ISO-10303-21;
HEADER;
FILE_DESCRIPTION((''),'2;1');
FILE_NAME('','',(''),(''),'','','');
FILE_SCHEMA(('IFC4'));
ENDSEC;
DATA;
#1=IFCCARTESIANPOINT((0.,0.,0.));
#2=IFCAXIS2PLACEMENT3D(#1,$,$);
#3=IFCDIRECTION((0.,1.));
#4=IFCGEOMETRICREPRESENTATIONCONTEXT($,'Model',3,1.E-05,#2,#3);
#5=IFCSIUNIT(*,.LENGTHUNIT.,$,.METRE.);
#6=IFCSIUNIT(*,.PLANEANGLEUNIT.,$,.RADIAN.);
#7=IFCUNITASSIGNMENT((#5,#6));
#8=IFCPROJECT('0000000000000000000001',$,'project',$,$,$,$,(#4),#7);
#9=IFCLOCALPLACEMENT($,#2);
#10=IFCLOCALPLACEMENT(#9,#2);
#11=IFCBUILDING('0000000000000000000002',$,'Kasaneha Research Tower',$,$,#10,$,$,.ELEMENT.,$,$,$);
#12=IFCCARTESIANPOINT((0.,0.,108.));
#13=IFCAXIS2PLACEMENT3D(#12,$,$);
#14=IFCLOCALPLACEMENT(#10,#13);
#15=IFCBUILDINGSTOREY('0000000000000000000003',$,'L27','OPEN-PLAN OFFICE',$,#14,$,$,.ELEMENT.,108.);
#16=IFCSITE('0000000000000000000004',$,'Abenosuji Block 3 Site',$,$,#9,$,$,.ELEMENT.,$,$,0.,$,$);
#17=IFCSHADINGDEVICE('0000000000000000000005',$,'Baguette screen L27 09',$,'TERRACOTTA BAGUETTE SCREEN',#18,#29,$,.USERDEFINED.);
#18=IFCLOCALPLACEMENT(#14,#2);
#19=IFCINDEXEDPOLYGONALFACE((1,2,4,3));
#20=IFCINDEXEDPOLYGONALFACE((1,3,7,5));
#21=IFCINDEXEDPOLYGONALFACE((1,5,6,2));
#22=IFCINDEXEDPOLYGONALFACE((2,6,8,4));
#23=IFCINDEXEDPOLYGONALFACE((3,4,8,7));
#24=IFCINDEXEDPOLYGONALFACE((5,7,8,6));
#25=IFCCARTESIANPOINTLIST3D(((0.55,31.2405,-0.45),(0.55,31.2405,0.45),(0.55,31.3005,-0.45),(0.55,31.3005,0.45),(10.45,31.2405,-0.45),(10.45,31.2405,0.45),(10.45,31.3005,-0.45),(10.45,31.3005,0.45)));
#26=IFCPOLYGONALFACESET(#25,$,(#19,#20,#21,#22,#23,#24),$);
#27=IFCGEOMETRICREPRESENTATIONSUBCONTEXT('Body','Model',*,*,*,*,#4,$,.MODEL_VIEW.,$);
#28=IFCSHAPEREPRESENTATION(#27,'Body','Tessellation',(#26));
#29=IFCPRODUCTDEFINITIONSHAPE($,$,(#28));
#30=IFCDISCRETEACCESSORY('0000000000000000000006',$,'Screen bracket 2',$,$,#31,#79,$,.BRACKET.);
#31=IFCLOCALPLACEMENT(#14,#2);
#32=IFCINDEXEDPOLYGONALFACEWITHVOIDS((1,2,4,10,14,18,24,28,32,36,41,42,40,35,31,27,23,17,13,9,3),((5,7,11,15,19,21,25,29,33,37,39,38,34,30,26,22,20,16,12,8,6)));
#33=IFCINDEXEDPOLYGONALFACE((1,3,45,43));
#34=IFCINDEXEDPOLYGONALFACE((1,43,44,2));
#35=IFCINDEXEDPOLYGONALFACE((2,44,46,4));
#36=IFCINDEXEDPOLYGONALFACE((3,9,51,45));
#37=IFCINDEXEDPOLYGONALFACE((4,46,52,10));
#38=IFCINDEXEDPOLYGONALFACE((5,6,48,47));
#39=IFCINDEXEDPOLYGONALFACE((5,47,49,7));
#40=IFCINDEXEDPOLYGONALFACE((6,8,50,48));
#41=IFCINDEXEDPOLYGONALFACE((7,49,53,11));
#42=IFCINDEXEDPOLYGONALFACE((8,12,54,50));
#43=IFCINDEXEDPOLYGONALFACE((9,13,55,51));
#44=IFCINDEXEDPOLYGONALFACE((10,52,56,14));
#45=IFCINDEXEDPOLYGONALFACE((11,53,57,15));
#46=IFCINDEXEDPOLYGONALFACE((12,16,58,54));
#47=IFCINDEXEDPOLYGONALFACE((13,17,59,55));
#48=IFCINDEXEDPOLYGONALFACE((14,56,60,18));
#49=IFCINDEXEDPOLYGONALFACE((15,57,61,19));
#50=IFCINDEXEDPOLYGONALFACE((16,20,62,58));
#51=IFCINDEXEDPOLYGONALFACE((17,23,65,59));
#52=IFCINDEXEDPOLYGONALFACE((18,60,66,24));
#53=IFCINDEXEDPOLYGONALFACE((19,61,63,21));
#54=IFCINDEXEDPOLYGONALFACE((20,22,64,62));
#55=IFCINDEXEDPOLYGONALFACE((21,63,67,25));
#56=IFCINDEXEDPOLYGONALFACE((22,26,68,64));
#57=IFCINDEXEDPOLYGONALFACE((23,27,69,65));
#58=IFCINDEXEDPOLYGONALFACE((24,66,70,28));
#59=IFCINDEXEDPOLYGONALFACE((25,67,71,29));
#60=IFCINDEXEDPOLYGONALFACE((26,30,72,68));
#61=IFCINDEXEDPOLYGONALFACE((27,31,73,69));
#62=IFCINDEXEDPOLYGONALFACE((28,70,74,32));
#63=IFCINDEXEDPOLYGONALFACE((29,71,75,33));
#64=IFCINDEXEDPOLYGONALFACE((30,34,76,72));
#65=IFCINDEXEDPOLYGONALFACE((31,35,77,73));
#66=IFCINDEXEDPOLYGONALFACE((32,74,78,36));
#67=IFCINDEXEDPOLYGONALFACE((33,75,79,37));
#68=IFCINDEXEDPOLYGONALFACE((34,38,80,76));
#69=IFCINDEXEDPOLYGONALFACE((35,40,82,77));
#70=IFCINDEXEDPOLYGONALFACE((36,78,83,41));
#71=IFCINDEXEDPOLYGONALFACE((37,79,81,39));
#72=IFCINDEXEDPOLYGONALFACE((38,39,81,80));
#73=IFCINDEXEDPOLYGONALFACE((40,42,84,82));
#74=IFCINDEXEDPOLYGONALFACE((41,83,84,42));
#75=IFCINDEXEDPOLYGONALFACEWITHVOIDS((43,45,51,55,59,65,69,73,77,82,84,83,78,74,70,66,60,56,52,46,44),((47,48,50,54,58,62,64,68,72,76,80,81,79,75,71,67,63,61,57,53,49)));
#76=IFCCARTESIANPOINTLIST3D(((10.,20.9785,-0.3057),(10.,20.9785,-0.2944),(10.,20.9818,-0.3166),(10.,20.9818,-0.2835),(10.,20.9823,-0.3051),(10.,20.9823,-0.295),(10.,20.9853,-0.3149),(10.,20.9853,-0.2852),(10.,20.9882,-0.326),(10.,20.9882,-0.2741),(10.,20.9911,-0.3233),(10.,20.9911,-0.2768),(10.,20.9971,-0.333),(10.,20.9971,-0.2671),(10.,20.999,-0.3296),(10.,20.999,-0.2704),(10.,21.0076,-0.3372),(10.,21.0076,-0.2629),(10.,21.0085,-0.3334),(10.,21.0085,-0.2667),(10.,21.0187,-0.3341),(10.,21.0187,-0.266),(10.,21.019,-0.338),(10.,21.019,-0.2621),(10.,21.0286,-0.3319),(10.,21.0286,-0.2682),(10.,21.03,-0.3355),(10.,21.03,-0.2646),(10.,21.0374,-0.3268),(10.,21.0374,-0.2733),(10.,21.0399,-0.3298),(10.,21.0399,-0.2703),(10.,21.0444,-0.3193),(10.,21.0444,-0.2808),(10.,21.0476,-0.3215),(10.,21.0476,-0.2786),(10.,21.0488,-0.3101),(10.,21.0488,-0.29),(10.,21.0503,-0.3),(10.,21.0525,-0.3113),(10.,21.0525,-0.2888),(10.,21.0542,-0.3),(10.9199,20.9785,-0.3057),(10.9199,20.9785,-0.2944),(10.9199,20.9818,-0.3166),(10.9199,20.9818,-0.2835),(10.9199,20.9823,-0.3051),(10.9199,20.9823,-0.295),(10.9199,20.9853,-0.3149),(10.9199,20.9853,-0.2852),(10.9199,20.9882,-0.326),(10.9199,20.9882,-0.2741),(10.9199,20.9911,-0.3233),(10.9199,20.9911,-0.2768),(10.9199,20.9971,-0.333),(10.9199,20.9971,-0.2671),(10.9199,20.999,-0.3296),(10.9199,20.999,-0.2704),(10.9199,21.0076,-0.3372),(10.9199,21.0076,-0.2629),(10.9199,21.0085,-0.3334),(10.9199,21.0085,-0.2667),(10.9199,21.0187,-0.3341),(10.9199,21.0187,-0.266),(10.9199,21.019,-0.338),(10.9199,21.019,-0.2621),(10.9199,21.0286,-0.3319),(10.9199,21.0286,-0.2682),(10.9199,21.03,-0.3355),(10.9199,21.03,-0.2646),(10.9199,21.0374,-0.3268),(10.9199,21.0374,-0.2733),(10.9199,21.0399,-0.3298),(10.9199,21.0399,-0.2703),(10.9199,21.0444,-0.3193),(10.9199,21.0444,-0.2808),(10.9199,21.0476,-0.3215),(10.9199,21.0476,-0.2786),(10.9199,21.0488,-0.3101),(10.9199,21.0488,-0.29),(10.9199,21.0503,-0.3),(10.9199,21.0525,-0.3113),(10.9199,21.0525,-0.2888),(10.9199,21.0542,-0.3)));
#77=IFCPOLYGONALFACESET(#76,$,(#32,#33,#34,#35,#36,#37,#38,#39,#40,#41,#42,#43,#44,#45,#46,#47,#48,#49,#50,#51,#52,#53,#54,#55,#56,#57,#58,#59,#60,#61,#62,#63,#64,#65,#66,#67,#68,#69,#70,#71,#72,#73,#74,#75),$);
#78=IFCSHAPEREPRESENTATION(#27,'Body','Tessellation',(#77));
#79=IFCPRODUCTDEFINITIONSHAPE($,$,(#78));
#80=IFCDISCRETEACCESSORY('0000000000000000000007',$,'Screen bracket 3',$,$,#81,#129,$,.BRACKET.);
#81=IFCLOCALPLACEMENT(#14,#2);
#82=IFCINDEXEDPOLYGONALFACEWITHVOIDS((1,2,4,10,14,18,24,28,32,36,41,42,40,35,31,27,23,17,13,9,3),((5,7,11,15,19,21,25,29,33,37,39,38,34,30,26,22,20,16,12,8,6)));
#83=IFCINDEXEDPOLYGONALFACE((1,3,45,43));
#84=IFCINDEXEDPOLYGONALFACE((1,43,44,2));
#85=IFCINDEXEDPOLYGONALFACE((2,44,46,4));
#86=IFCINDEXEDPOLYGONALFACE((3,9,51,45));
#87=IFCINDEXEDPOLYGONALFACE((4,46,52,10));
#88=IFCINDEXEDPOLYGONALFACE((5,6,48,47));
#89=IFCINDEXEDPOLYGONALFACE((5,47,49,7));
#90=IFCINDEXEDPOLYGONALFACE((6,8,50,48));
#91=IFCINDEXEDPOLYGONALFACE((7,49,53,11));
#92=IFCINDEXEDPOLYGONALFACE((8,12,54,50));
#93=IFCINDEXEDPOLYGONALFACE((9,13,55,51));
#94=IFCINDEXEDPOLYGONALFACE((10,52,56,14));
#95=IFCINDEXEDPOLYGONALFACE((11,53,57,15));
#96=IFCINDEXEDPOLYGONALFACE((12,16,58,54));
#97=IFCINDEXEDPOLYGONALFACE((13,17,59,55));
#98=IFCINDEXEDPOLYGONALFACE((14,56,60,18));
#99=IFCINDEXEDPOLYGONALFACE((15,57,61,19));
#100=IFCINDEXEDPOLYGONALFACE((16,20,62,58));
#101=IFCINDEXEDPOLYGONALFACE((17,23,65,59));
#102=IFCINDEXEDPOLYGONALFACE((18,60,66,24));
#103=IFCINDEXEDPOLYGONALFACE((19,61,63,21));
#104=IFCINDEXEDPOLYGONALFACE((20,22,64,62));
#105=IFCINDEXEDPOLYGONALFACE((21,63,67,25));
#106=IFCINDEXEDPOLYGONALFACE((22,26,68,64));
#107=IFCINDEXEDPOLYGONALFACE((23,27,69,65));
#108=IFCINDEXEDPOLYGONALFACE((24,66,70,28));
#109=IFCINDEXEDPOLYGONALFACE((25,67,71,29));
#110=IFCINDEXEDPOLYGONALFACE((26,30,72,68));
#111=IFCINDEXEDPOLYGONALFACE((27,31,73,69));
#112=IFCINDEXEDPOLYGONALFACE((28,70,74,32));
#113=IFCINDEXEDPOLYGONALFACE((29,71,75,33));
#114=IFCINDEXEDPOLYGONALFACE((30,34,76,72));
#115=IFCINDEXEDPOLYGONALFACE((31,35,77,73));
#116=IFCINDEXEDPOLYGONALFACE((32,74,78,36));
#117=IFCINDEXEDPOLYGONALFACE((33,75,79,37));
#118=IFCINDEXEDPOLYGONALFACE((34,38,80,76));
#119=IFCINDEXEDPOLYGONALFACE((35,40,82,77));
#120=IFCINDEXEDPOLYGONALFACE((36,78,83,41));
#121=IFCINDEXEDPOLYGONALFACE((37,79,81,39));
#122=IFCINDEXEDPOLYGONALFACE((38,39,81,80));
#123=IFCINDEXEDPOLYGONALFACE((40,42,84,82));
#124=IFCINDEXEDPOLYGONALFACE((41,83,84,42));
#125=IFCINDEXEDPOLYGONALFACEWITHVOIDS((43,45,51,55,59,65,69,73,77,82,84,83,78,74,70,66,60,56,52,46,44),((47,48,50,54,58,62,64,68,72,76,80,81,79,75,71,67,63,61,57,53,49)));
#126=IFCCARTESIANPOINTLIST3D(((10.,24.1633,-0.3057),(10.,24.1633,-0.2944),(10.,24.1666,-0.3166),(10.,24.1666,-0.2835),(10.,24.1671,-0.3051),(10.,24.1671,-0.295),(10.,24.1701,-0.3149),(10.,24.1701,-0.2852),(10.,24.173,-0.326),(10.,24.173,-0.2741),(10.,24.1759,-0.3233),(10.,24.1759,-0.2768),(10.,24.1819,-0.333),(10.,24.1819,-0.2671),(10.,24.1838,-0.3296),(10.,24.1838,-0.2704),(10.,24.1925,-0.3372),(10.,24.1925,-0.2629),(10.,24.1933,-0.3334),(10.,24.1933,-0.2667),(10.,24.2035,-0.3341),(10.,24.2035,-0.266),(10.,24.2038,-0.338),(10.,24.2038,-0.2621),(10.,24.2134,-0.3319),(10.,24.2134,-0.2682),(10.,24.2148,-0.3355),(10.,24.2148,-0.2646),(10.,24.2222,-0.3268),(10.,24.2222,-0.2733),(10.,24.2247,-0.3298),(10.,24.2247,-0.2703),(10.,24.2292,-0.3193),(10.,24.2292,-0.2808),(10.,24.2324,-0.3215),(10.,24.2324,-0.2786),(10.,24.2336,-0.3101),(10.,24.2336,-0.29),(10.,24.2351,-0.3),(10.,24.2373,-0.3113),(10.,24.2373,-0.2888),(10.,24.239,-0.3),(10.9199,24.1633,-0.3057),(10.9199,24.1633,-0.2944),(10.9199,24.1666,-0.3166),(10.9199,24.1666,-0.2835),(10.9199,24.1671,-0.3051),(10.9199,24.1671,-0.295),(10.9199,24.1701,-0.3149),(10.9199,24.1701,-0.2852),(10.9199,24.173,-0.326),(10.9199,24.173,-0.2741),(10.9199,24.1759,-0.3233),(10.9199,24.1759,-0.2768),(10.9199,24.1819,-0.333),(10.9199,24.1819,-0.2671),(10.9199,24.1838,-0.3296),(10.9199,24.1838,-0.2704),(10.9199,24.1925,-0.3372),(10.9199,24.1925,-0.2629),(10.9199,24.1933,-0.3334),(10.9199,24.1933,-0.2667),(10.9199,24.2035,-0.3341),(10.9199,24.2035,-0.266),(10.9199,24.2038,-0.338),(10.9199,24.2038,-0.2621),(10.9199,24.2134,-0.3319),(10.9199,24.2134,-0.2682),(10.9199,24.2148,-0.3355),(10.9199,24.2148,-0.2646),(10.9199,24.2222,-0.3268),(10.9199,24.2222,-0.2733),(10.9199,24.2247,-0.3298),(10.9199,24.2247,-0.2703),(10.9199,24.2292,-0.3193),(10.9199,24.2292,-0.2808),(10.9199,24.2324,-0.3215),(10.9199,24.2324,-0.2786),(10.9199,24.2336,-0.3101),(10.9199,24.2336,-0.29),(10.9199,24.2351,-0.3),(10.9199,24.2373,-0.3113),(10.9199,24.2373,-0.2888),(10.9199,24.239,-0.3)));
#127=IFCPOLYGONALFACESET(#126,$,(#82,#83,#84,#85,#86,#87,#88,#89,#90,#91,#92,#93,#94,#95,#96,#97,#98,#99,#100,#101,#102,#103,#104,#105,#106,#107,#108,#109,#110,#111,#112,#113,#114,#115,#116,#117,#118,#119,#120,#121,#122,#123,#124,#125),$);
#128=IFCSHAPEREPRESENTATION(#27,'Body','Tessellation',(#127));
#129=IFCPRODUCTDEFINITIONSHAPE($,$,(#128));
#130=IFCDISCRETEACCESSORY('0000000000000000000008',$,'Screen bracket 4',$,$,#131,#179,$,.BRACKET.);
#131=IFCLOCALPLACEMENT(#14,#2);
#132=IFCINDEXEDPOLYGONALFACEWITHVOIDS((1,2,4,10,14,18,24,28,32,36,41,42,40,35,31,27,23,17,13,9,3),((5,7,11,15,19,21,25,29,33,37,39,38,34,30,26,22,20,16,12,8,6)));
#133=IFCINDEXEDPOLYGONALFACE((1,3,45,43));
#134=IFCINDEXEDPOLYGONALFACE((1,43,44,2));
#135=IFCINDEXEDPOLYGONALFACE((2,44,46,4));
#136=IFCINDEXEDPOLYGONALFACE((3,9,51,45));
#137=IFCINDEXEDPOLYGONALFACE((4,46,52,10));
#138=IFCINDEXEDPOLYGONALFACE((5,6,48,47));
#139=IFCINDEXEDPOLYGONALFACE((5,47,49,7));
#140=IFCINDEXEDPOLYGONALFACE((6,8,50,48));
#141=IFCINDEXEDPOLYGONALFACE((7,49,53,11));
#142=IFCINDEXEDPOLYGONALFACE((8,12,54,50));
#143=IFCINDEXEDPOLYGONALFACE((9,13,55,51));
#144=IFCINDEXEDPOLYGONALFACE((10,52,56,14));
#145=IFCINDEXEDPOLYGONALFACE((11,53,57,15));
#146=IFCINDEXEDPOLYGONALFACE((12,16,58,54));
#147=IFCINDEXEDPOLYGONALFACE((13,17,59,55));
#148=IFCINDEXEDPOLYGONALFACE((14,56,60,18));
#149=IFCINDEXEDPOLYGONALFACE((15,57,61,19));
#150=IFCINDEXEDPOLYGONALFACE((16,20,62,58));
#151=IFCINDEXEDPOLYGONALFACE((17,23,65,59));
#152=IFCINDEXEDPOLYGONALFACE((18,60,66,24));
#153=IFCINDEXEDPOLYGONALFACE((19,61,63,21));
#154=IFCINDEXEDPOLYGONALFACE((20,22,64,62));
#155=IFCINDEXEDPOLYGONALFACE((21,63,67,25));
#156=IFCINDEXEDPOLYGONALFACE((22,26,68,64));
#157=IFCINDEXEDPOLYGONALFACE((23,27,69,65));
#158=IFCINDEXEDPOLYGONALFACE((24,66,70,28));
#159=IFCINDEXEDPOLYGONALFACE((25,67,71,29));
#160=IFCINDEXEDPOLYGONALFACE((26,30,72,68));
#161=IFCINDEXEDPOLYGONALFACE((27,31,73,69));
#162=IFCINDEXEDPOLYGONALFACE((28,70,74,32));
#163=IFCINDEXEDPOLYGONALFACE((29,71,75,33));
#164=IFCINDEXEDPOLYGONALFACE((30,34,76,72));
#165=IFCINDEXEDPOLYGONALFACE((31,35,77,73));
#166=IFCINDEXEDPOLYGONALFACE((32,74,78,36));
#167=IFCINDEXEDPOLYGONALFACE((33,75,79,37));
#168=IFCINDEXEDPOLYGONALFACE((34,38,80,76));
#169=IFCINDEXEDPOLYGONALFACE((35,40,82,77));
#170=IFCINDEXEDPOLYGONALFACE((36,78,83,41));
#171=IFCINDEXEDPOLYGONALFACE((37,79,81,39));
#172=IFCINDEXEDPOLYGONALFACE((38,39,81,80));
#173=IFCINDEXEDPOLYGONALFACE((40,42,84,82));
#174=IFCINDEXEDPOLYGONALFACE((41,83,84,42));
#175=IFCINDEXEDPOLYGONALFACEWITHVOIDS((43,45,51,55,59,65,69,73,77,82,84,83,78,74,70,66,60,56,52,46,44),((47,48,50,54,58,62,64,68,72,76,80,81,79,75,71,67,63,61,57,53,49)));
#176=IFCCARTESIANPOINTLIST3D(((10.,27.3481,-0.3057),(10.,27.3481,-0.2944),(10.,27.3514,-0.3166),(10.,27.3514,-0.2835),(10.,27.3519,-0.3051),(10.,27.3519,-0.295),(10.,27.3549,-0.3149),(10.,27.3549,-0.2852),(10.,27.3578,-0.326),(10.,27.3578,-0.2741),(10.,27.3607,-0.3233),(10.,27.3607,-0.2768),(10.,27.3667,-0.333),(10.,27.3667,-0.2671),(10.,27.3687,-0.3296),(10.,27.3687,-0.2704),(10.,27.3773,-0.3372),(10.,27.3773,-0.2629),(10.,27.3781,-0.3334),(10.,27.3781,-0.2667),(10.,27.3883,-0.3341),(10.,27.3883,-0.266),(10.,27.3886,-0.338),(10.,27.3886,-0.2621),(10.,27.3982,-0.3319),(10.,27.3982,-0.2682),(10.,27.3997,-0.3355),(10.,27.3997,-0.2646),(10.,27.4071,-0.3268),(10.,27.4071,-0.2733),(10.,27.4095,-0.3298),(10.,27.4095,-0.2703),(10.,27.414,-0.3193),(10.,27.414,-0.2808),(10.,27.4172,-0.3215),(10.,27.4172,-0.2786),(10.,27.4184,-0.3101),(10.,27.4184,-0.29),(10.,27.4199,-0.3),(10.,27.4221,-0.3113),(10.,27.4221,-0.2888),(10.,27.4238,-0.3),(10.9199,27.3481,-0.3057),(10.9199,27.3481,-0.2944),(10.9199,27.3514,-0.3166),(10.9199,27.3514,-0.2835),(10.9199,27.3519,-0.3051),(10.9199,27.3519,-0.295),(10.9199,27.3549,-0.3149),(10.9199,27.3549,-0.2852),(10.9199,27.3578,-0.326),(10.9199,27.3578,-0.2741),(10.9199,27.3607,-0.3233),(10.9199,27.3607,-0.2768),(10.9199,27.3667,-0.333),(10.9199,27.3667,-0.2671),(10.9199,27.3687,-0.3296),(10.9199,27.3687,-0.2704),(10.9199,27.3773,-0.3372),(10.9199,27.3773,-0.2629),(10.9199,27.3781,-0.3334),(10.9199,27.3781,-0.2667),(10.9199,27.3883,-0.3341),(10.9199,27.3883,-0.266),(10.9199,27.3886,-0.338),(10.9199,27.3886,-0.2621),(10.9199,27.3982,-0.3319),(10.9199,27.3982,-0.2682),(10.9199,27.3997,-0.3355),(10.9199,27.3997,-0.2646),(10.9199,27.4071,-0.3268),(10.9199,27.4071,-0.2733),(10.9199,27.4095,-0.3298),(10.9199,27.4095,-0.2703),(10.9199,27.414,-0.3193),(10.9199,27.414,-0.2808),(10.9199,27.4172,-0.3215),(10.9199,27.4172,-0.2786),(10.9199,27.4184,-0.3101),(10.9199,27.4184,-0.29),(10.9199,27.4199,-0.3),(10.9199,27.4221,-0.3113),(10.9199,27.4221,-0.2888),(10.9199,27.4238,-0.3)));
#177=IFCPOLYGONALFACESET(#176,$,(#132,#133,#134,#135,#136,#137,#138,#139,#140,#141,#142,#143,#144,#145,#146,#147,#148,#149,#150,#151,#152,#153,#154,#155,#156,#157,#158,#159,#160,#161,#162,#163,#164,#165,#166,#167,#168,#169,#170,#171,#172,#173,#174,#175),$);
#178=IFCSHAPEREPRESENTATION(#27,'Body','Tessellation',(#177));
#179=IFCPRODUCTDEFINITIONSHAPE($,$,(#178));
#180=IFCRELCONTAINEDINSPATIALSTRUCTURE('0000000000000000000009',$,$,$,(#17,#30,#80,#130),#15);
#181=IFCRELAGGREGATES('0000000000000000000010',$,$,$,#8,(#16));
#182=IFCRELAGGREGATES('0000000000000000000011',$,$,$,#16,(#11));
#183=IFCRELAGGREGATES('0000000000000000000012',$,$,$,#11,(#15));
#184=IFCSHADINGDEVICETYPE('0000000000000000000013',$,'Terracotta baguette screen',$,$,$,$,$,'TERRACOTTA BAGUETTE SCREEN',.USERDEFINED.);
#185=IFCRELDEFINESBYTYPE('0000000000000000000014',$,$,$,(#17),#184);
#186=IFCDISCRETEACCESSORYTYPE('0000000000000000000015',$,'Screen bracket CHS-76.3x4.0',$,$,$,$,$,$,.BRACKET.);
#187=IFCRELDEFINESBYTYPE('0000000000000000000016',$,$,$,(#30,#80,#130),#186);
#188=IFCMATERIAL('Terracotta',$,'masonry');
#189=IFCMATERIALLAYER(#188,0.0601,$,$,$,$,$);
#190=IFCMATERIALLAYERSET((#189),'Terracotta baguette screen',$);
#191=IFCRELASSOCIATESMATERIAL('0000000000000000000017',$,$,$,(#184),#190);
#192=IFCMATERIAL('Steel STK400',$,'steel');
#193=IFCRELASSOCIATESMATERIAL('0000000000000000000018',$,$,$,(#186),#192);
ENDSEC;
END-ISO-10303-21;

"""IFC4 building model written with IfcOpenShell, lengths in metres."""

from ifc_helpers import new_model, si_unit, direction, frame, origin, origin_2d, place, context, subcontext, project, spatial, rectangle, hollow_circle, extrude, material, layer, layer_set, material_profile, profile_set, type_object, element, save


model = new_model("IFC4")

# Units and contexts
model_context = context("Model", 3, precision=1e-05, world=origin(), true_north=direction((0.0, 1.0)))
body_context = subcontext(model_context, "Body", "Model", "MODEL_VIEW")
ifc_project = project(units=[si_unit("LENGTHUNIT", "METRE"), si_unit("PLANEANGLEUNIT", "RADIAN")], contexts=[model_context])

# Site, building, storey
site_placement = place(None, origin())
site = spatial("IfcSite", under=ifc_project, at=site_placement, Name="Abenosuji Block 3 Site", CompositionType="ELEMENT", RefElevation=0.0)
building_placement = place(site_placement, origin())
building = spatial("IfcBuilding", under=site, at=building_placement, Name="Kasaneha Research Tower", CompositionType="ELEMENT")
storey_placement = place(building_placement, frame((0.0, 0.0, 108.0)))
storey = spatial("IfcBuildingStorey", under=building, at=storey_placement, Name="L27", Description="OPEN-PLAN OFFICE", CompositionType="ELEMENT", Elevation=108.0)

# Shading device
ifc_material_1 = material(Name="Terracotta", Category="masonry")
ifc_layer_1 = layer(ifc_material_1, 0.0601)
ifc_layer_set_1 = layer_set([ifc_layer_1], Name="Terracotta baguette screen")
shading_device_type = type_object("IfcShadingDeviceType", Name="Terracotta baguette screen", ElementType="TERRACOTTA BAGUETTE SCREEN", PredefinedType="USERDEFINED", material=ifc_layer_set_1)
shading_device_1_placement = place(storey_placement, frame((5.5, 31.2705, -0.45), z_axis=(0.0, 0.0, 1.0), x_axis=(-1.0, 0.0, 0.0)))
element("IfcShadingDevice", 1, at=shading_device_1_placement, inside=storey, type_object=shading_device_type, Name="Baguette screen L27 09", ObjectType="TERRACOTTA BAGUETTE SCREEN", PredefinedType="USERDEFINED", context=body_context, shape_type="SweptSolid", body=[
    extrude(rectangle(XDim=9.8999, YDim=0.0601, at=origin_2d()), origin(), (0.0, 0.0, 1.0), 0.8999),
])

# Discrete accessories
ifc_material_2 = material(Name="Steel STK400", Category="steel")
ifc_material_profile_1 = material_profile(ifc_material_2, hollow_circle(Radius=0.0381, WallThickness=0.0039, at=origin_2d()), Name="CHS-76.3x4.0")
ifc_profile_set_1 = profile_set([ifc_material_profile_1], Name="Steel STK400")
discrete_accessory_type = type_object("IfcDiscreteAccessoryType", Name="Screen bracket CHS-76.3x4.0", PredefinedType="BRACKET", material=ifc_profile_set_1)
for number, where, z_axis, x_axis, name in (
    (2, (10.0, 21.0161, -0.3), (1.0, 0.0, 0.0), (0.0, 1.0, 0.0), "Screen bracket 2"),
    (3, (10.0, 24.2009, -0.3), (1.0, 0.0, 0.0), (0.0, 1.0, 0.0), "Screen bracket 3"),
    (4, (10.0, 27.3857, -0.3), (1.0, 0.0, 0.0), (0.0, 1.0, 0.0), "Screen bracket 4"),
):
    element("IfcDiscreteAccessory", number, at=place(storey_placement, frame(where, z_axis=z_axis, x_axis=x_axis)), inside=storey, type_object=discrete_accessory_type, Name=name, PredefinedType="BRACKET", context=body_context, shape_type="SweptSolid", body=[
        extrude(hollow_circle(Radius=0.0381, WallThickness=0.0039, at=origin_2d()), origin(), (0.0, 0.0, 1.0), 0.9199),
    ])

save(model, "model.ifc")
